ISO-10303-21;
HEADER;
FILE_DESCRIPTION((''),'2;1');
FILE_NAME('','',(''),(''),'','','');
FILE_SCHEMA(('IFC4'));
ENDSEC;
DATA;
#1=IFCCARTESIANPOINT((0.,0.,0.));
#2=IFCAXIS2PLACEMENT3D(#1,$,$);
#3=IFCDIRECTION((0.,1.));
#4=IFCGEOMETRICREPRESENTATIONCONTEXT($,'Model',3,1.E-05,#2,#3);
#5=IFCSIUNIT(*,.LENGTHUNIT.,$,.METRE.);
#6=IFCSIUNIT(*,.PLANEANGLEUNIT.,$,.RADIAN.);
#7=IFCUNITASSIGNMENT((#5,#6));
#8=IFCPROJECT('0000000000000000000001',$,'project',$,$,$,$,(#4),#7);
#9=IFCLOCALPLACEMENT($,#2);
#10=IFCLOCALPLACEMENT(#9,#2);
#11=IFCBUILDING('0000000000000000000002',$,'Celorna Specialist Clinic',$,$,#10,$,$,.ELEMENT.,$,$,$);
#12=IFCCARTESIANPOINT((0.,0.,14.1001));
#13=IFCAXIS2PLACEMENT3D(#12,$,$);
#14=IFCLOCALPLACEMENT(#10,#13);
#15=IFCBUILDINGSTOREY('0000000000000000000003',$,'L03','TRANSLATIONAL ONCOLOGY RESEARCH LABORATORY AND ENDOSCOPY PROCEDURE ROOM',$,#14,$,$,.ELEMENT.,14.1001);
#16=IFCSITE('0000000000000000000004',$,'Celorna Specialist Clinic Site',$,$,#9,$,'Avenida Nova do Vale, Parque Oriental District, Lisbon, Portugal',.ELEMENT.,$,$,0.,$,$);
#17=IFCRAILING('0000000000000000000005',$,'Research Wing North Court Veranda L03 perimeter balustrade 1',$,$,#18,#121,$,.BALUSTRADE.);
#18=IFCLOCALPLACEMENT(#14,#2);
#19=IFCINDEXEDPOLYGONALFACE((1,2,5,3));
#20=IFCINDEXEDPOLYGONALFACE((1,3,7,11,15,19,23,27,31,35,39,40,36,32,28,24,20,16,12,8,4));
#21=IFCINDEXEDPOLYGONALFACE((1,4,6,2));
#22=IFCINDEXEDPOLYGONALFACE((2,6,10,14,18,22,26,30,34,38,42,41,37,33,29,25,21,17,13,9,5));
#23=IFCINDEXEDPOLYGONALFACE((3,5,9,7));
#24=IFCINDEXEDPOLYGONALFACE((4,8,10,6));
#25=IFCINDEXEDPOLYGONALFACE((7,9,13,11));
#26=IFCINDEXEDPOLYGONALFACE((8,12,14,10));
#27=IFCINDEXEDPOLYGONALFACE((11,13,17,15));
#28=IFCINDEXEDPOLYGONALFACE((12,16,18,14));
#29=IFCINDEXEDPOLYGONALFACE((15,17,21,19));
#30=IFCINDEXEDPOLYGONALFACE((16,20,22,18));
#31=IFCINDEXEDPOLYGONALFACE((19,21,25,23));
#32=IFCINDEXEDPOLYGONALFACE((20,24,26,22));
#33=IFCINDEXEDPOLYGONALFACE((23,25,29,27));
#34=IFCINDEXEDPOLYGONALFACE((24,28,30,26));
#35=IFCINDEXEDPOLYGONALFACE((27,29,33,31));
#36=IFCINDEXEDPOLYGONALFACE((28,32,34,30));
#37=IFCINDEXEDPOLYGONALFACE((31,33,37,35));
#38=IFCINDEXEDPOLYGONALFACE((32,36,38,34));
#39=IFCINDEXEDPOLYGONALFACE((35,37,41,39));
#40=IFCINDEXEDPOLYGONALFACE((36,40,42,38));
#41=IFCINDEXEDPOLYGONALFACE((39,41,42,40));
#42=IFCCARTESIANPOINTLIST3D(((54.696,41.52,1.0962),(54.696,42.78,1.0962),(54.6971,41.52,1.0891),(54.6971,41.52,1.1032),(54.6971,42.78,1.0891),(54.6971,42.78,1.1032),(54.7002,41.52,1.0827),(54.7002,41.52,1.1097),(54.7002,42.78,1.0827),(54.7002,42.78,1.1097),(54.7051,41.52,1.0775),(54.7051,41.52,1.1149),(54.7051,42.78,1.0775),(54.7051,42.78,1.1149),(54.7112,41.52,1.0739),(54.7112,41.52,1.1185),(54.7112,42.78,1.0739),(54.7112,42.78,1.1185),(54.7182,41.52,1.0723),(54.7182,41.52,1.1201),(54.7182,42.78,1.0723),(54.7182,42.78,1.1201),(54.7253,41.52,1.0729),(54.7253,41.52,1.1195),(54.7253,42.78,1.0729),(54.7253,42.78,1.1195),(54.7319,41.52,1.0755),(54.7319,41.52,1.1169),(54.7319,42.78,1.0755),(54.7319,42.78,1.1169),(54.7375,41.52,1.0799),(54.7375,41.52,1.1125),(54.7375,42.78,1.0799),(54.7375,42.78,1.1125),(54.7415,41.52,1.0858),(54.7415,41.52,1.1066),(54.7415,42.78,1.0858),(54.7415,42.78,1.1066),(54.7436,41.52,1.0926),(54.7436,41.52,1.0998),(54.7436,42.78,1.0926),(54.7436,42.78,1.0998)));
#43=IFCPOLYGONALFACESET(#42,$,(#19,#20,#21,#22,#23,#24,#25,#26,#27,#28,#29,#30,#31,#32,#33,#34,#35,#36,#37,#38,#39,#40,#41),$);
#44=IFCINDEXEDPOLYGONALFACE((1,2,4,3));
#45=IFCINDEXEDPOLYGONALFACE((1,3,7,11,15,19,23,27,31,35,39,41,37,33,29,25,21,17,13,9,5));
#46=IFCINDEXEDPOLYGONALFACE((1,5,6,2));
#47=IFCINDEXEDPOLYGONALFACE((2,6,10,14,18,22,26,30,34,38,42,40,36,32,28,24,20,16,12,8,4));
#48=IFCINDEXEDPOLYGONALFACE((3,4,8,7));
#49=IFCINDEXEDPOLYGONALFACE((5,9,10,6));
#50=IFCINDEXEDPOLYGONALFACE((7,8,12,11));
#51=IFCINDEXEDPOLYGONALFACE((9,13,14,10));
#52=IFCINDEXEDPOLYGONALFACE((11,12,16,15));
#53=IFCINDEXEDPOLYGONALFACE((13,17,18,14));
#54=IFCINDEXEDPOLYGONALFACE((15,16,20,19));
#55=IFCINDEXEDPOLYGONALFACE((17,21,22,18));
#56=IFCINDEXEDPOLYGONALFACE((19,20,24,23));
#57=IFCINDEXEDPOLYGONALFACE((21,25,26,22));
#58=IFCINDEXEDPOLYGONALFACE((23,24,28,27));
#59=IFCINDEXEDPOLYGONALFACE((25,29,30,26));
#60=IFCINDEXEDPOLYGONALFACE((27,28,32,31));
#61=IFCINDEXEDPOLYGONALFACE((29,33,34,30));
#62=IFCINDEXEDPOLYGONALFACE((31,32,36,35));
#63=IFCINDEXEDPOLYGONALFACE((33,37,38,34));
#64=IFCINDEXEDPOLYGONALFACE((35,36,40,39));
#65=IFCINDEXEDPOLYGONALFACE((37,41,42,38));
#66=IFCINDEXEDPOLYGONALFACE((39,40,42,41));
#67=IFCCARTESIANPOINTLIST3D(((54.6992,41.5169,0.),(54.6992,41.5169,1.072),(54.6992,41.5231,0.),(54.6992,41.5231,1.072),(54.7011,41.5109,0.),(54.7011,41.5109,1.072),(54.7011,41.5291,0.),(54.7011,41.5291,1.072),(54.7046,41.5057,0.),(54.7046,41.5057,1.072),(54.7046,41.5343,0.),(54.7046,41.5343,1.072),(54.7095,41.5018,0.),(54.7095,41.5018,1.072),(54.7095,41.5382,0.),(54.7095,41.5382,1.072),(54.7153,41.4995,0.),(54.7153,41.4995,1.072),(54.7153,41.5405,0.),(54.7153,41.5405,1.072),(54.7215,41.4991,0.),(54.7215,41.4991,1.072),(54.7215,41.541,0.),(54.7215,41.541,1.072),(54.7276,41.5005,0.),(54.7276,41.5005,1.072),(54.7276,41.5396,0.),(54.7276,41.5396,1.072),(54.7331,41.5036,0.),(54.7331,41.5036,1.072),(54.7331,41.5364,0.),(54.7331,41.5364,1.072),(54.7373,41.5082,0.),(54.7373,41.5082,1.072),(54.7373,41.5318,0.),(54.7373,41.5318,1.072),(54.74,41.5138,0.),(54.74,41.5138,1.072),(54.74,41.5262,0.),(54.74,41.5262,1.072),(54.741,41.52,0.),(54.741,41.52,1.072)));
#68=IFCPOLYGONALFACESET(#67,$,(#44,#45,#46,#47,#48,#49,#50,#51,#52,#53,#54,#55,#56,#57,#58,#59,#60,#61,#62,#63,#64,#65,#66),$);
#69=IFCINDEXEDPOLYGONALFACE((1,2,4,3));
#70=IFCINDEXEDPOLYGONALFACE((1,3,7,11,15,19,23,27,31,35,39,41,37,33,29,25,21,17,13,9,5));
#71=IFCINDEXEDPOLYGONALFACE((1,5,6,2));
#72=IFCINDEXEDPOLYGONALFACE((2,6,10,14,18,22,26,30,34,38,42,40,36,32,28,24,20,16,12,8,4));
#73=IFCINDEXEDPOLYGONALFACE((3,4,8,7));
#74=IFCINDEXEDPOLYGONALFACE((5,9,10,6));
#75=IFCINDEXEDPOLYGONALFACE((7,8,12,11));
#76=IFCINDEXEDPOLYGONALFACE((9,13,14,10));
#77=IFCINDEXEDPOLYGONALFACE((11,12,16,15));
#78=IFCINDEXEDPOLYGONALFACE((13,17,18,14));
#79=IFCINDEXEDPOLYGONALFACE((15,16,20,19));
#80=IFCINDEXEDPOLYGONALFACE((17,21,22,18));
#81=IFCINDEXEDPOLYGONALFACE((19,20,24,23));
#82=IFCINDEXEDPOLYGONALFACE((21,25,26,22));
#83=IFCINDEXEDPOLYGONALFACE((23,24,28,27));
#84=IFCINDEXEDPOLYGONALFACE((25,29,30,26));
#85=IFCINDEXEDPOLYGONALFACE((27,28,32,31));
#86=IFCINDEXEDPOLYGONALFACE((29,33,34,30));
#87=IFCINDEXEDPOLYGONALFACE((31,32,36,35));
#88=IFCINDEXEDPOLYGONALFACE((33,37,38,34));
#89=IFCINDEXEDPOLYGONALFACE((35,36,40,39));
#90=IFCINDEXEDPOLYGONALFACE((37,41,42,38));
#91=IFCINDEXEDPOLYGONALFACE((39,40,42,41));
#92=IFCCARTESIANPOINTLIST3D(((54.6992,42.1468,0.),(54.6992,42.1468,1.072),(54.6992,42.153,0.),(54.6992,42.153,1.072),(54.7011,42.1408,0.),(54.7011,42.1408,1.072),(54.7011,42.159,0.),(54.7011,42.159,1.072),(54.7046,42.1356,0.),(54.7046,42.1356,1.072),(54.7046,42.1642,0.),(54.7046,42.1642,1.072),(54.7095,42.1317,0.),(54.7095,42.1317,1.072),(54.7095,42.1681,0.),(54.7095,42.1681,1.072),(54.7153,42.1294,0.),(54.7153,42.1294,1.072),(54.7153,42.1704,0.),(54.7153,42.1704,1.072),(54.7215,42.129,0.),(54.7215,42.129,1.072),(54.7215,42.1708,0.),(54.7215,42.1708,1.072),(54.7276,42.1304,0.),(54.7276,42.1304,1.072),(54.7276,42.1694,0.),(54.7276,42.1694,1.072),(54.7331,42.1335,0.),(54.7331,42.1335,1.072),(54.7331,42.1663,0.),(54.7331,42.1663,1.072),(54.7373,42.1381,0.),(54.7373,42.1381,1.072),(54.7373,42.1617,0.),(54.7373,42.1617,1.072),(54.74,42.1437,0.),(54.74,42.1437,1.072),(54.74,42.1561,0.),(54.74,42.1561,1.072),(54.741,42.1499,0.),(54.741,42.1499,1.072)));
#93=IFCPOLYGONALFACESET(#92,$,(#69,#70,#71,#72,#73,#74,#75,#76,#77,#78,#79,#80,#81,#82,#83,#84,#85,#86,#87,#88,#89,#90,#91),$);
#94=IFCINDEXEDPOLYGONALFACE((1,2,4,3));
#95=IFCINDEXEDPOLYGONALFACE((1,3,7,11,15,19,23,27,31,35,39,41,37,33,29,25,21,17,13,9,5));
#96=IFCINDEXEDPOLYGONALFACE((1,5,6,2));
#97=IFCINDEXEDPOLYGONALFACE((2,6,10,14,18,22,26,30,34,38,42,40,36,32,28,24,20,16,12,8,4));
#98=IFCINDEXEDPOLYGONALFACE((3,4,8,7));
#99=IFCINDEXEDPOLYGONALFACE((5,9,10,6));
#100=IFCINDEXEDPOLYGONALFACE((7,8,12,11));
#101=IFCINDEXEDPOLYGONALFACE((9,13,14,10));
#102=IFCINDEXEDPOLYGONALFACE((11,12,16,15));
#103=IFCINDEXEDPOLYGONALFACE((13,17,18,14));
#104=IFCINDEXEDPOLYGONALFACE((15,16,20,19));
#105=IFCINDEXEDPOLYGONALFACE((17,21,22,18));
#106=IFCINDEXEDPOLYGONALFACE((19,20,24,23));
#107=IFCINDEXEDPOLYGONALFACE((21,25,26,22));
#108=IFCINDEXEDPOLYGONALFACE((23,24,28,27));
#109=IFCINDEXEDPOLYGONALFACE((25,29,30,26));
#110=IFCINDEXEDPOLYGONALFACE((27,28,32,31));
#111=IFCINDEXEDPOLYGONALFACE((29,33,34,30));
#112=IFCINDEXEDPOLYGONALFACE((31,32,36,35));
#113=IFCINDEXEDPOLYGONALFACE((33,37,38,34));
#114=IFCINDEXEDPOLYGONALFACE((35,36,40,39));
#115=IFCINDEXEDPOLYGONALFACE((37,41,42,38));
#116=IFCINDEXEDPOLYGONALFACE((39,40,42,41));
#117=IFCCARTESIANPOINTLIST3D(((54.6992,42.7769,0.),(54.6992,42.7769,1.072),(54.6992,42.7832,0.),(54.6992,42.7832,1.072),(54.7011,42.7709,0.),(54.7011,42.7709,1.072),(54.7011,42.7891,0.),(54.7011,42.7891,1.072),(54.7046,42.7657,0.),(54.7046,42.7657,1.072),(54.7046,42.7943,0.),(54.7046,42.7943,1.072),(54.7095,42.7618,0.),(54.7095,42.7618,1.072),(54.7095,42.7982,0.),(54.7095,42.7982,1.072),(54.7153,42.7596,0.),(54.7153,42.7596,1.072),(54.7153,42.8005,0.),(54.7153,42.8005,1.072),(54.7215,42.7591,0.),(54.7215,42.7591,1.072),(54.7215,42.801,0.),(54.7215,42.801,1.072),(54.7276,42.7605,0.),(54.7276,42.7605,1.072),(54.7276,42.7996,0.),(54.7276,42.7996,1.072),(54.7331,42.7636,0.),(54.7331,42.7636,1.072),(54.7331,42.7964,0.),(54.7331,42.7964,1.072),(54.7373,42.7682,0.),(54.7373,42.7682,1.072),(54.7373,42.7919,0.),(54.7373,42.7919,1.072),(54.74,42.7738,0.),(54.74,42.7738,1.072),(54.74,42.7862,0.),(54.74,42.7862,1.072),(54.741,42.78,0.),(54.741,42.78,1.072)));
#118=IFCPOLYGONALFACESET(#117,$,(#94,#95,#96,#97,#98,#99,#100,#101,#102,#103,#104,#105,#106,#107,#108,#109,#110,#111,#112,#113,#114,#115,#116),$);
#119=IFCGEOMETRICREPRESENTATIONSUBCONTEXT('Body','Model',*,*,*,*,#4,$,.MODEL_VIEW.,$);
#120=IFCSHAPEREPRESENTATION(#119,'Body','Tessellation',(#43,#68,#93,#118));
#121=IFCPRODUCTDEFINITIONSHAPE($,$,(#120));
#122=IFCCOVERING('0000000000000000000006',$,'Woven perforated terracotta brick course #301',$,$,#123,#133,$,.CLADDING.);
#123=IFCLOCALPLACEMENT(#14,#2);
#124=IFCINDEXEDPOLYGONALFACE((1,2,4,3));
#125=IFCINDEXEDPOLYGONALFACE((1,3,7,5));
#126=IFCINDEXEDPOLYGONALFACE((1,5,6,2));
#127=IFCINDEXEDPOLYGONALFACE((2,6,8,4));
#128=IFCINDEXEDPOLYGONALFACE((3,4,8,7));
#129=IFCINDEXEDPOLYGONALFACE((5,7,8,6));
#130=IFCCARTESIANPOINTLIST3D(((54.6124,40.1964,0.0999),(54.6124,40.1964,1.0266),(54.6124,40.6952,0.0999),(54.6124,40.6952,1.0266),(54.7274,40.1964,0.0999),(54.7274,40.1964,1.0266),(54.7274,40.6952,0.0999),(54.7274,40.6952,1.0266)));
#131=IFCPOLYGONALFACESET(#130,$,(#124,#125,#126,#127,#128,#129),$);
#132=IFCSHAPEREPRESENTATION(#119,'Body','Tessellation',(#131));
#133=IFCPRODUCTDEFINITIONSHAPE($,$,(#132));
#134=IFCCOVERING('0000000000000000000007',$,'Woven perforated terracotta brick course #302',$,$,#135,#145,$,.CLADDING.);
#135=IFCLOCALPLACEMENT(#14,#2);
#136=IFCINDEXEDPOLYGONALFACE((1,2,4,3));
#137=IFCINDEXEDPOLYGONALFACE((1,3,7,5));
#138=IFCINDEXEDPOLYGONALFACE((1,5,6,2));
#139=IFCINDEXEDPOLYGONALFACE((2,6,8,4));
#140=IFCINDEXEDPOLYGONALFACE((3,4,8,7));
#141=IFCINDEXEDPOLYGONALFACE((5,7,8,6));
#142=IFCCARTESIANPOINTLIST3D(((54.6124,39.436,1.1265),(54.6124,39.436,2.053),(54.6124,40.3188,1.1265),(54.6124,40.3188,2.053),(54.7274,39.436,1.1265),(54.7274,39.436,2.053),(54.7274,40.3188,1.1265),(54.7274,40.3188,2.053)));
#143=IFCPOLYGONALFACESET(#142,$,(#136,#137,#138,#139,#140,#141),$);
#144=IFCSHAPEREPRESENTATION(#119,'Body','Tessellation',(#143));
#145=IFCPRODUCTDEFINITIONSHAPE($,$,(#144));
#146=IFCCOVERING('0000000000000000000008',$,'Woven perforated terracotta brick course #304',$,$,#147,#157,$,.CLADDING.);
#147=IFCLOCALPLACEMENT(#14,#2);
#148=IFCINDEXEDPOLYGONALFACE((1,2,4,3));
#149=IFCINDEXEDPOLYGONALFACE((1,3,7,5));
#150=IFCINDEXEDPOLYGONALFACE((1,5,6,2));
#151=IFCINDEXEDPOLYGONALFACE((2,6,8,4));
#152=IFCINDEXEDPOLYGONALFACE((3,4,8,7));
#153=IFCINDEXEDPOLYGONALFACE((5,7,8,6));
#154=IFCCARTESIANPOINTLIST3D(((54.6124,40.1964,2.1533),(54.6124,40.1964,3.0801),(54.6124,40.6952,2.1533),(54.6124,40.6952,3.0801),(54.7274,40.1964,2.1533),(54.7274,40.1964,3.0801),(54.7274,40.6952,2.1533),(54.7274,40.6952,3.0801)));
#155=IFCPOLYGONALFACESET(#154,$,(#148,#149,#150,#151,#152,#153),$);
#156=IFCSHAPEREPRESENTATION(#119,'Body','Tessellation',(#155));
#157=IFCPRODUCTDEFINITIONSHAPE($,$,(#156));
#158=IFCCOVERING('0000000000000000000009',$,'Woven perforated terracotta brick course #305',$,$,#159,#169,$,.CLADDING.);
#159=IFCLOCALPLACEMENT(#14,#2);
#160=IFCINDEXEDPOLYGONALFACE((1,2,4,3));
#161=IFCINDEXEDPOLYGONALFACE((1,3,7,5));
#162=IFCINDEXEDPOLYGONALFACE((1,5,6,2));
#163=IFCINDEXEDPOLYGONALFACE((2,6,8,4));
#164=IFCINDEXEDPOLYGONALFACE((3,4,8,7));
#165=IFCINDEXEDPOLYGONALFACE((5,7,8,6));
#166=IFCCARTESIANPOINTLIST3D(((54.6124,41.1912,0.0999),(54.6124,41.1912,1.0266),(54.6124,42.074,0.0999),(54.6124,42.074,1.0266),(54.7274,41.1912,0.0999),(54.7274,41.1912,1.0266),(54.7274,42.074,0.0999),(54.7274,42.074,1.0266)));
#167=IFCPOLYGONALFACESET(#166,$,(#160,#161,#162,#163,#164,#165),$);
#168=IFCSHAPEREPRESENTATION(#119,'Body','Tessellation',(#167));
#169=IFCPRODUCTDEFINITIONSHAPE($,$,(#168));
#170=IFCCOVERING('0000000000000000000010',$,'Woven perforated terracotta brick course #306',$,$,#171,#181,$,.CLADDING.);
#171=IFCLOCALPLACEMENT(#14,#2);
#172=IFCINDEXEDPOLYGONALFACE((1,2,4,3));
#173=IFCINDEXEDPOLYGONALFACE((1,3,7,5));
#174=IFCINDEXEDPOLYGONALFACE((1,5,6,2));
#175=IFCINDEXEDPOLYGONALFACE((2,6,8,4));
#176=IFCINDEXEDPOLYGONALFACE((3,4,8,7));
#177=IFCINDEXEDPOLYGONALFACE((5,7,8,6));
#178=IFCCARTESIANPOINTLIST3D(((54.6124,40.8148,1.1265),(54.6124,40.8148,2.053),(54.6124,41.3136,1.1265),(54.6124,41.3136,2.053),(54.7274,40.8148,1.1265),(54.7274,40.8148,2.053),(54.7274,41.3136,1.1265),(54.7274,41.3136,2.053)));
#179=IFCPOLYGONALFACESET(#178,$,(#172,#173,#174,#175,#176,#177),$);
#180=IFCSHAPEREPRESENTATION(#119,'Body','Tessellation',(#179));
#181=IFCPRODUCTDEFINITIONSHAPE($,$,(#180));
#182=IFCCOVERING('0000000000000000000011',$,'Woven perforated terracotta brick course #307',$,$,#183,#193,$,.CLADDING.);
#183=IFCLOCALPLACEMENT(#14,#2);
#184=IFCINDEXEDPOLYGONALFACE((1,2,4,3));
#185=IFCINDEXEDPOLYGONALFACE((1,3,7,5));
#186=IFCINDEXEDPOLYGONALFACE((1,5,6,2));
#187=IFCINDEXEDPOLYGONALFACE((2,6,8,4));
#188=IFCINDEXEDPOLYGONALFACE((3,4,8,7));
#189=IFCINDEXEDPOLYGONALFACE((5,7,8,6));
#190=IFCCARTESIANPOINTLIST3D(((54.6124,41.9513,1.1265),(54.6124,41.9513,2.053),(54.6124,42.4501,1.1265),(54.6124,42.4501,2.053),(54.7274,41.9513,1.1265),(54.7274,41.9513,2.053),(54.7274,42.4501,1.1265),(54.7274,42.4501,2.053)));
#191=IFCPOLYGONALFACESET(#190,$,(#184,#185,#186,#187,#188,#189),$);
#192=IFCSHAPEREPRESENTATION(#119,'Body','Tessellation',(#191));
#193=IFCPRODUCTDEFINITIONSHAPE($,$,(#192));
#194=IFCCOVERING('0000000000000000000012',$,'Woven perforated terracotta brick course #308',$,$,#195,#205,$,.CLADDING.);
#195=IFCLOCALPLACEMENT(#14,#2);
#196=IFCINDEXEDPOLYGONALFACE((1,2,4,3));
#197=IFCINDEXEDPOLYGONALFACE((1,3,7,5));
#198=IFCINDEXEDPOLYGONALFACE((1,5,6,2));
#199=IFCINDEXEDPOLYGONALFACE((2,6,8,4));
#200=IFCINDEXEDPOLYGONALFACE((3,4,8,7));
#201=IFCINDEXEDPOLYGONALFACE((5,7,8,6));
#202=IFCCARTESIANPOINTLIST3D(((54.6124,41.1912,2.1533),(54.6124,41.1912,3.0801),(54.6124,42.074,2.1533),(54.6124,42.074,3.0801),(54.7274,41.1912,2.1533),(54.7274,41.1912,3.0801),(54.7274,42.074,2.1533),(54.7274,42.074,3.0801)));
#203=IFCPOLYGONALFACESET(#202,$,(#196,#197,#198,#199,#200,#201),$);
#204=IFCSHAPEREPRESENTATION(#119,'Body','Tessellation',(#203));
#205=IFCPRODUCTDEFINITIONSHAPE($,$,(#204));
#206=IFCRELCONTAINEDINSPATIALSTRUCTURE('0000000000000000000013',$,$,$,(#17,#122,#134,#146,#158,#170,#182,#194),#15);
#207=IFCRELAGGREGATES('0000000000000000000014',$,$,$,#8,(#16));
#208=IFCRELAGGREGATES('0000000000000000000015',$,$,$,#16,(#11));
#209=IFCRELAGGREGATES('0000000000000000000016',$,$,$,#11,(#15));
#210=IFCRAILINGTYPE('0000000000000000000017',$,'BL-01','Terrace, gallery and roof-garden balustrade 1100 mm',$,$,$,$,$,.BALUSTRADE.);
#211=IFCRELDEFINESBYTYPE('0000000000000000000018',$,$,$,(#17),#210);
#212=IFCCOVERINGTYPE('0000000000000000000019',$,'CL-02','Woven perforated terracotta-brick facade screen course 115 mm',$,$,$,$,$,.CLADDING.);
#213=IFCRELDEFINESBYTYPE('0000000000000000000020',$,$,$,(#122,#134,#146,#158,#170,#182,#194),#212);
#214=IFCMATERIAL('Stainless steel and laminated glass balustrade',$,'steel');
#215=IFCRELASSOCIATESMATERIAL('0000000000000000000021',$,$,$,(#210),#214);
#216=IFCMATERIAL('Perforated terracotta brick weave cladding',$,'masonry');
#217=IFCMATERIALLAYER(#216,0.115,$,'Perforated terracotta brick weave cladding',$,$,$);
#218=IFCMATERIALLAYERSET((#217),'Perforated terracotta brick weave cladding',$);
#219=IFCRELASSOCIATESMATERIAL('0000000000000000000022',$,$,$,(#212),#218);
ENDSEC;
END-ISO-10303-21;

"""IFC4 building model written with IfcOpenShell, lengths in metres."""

from ifc_helpers import new_model, si_unit, direction, frame, origin, origin_2d, place, context, subcontext, project, spatial, rectangle, circle, extrude, material, layer, layer_set, type_object, element, save


model = new_model("IFC4")

# Units and contexts
model_context = context("Model", 3, precision=1e-05, world=origin(), true_north=direction((0.0, 1.0)))
body_context = subcontext(model_context, "Body", "Model", "MODEL_VIEW")
ifc_project = project(units=[si_unit("LENGTHUNIT", "METRE"), si_unit("PLANEANGLEUNIT", "RADIAN")], contexts=[model_context])

# Site, building, storey
site_placement = place(None, origin())
site = spatial("IfcSite", under=ifc_project, at=site_placement, Name="Celorna Specialist Clinic Site", LongName="Avenida Nova do Vale, Parque Oriental District, Lisbon, Portugal", CompositionType="ELEMENT", RefElevation=0.0)
building_placement = place(site_placement, origin())
building = spatial("IfcBuilding", under=site, at=building_placement, Name="Celorna Specialist Clinic", CompositionType="ELEMENT")
storey_placement = place(building_placement, frame((0.0, 0.0, 14.1001)))
storey = spatial("IfcBuildingStorey", under=building, at=storey_placement, Name="L03", Description="TRANSLATIONAL ONCOLOGY RESEARCH LABORATORY AND ENDOSCOPY PROCEDURE ROOM", CompositionType="ELEMENT", Elevation=14.1001)

# Railing
ifc_material_1 = material(Name="Stainless steel and laminated glass balustrade", Category="steel")
railing_type = type_object("IfcRailingType", Name="BL-01", Description="Terrace, gallery and roof-garden balustrade 1100 mm", PredefinedType="BALUSTRADE", material=ifc_material_1)
railing_1_placement = place(storey_placement, frame((54.72, 41.52, 0.0)))
element("IfcRailing", 1, at=railing_1_placement, inside=storey, type_object=railing_type, Name="Research Wing North Court Veranda L03 perimeter balustrade 1", PredefinedType="BALUSTRADE", context=body_context, shape_type="SweptSolid", body=[
    extrude(circle(Radius=0.0239, at=origin_2d()), frame((0.0, 0.0, 1.0962), z_axis=(0.0, 1.0, 0.0), x_axis=(-1.0, 0.0, 0.0)), (0.0, 0.0, 1.0), 1.26),
    extrude(circle(Radius=0.021, at=origin_2d()), origin(), (0.0, 0.0, 1.0), 1.072),
    extrude(circle(Radius=0.021, at=origin_2d()), frame((0.0, 0.6299, 0.0)), (0.0, 0.0, 1.0), 1.072),
    extrude(circle(Radius=0.021, at=origin_2d()), frame((0.0, 1.26, 0.0)), (0.0, 0.0, 1.0), 1.072),
])

# Coverings
ifc_material_2 = material(Name="Perforated terracotta brick weave cladding", Category="masonry")
ifc_layer_1 = layer(ifc_material_2, 0.115, Name="Perforated terracotta brick weave cladding")
ifc_layer_set_1 = layer_set([ifc_layer_1], Name="Perforated terracotta brick weave cladding")
covering_type = type_object("IfcCoveringType", Name="CL-02", Description="Woven perforated terracotta-brick facade screen course 115 mm", PredefinedType="CLADDING", material=ifc_layer_set_1)
covering_1_placement = place(storey_placement, frame((54.6699, 40.4458, 0.0999), z_axis=(0.0, 0.0, 1.0), x_axis=(0.0, 1.0, 0.0)))
element("IfcCovering", 2, at=covering_1_placement, inside=storey, type_object=covering_type, Name="Woven perforated terracotta brick course #301", PredefinedType="CLADDING", context=body_context, shape_type="SweptSolid", body=[
    extrude(rectangle(XDim=0.4988, YDim=0.115, at=origin_2d()), origin(), (0.0, 0.0, 1.0), 0.9268),
])
covering_2_placement = place(storey_placement, frame((54.6699, 39.8774, 1.1265), z_axis=(0.0, 0.0, 1.0), x_axis=(0.0, 1.0, 0.0)))
element("IfcCovering", 3, at=covering_2_placement, inside=storey, type_object=covering_type, Name="Woven perforated terracotta brick course #302", PredefinedType="CLADDING", context=body_context, shape_type="SweptSolid", body=[
    extrude(rectangle(XDim=0.8828, YDim=0.115, at=origin_2d()), origin(), (0.0, 0.0, 1.0), 0.9265),
])
covering_3_placement = place(storey_placement, frame((54.6699, 40.4458, 2.1533), z_axis=(0.0, 0.0, 1.0), x_axis=(0.0, 1.0, 0.0)))
element("IfcCovering", 4, at=covering_3_placement, inside=storey, type_object=covering_type, Name="Woven perforated terracotta brick course #304", PredefinedType="CLADDING", context=body_context, shape_type="SweptSolid", body=[
    extrude(rectangle(XDim=0.4988, YDim=0.115, at=origin_2d()), origin(), (0.0, 0.0, 1.0), 0.9268),
])
covering_4_placement = place(storey_placement, frame((54.6699, 41.6326, 0.0999), z_axis=(0.0, 0.0, 1.0), x_axis=(0.0, 1.0, 0.0)))
element("IfcCovering", 5, at=covering_4_placement, inside=storey, type_object=covering_type, Name="Woven perforated terracotta brick course #305", PredefinedType="CLADDING", context=body_context, shape_type="SweptSolid", body=[
    extrude(rectangle(XDim=0.8828, YDim=0.115, at=origin_2d()), origin(), (0.0, 0.0, 1.0), 0.9268),
])
for number, where, z_axis, x_axis, name in (
    (6, (54.6699, 41.0642, 1.1265), (0.0, 0.0, 1.0), (0.0, 1.0, 0.0), "Woven perforated terracotta brick course #306"),
    (7, (54.6699, 42.2007, 1.1265), (0.0, 0.0, 1.0), (0.0, 1.0, 0.0), "Woven perforated terracotta brick course #307"),
):
    element("IfcCovering", number, at=place(storey_placement, frame(where, z_axis=z_axis, x_axis=x_axis)), inside=storey, type_object=covering_type, Name=name, PredefinedType="CLADDING", context=body_context, shape_type="SweptSolid", body=[
        extrude(rectangle(XDim=0.4988, YDim=0.115, at=origin_2d()), origin(), (0.0, 0.0, 1.0), 0.9265),
    ])
covering_5_placement = place(storey_placement, frame((54.6699, 41.6326, 2.1533), z_axis=(0.0, 0.0, 1.0), x_axis=(0.0, 1.0, 0.0)))
element("IfcCovering", 8, at=covering_5_placement, inside=storey, type_object=covering_type, Name="Woven perforated terracotta brick course #308", PredefinedType="CLADDING", context=body_context, shape_type="SweptSolid", body=[
    extrude(rectangle(XDim=0.8828, YDim=0.115, at=origin_2d()), origin(), (0.0, 0.0, 1.0), 0.9268),
])

save(model, "model.ifc")
